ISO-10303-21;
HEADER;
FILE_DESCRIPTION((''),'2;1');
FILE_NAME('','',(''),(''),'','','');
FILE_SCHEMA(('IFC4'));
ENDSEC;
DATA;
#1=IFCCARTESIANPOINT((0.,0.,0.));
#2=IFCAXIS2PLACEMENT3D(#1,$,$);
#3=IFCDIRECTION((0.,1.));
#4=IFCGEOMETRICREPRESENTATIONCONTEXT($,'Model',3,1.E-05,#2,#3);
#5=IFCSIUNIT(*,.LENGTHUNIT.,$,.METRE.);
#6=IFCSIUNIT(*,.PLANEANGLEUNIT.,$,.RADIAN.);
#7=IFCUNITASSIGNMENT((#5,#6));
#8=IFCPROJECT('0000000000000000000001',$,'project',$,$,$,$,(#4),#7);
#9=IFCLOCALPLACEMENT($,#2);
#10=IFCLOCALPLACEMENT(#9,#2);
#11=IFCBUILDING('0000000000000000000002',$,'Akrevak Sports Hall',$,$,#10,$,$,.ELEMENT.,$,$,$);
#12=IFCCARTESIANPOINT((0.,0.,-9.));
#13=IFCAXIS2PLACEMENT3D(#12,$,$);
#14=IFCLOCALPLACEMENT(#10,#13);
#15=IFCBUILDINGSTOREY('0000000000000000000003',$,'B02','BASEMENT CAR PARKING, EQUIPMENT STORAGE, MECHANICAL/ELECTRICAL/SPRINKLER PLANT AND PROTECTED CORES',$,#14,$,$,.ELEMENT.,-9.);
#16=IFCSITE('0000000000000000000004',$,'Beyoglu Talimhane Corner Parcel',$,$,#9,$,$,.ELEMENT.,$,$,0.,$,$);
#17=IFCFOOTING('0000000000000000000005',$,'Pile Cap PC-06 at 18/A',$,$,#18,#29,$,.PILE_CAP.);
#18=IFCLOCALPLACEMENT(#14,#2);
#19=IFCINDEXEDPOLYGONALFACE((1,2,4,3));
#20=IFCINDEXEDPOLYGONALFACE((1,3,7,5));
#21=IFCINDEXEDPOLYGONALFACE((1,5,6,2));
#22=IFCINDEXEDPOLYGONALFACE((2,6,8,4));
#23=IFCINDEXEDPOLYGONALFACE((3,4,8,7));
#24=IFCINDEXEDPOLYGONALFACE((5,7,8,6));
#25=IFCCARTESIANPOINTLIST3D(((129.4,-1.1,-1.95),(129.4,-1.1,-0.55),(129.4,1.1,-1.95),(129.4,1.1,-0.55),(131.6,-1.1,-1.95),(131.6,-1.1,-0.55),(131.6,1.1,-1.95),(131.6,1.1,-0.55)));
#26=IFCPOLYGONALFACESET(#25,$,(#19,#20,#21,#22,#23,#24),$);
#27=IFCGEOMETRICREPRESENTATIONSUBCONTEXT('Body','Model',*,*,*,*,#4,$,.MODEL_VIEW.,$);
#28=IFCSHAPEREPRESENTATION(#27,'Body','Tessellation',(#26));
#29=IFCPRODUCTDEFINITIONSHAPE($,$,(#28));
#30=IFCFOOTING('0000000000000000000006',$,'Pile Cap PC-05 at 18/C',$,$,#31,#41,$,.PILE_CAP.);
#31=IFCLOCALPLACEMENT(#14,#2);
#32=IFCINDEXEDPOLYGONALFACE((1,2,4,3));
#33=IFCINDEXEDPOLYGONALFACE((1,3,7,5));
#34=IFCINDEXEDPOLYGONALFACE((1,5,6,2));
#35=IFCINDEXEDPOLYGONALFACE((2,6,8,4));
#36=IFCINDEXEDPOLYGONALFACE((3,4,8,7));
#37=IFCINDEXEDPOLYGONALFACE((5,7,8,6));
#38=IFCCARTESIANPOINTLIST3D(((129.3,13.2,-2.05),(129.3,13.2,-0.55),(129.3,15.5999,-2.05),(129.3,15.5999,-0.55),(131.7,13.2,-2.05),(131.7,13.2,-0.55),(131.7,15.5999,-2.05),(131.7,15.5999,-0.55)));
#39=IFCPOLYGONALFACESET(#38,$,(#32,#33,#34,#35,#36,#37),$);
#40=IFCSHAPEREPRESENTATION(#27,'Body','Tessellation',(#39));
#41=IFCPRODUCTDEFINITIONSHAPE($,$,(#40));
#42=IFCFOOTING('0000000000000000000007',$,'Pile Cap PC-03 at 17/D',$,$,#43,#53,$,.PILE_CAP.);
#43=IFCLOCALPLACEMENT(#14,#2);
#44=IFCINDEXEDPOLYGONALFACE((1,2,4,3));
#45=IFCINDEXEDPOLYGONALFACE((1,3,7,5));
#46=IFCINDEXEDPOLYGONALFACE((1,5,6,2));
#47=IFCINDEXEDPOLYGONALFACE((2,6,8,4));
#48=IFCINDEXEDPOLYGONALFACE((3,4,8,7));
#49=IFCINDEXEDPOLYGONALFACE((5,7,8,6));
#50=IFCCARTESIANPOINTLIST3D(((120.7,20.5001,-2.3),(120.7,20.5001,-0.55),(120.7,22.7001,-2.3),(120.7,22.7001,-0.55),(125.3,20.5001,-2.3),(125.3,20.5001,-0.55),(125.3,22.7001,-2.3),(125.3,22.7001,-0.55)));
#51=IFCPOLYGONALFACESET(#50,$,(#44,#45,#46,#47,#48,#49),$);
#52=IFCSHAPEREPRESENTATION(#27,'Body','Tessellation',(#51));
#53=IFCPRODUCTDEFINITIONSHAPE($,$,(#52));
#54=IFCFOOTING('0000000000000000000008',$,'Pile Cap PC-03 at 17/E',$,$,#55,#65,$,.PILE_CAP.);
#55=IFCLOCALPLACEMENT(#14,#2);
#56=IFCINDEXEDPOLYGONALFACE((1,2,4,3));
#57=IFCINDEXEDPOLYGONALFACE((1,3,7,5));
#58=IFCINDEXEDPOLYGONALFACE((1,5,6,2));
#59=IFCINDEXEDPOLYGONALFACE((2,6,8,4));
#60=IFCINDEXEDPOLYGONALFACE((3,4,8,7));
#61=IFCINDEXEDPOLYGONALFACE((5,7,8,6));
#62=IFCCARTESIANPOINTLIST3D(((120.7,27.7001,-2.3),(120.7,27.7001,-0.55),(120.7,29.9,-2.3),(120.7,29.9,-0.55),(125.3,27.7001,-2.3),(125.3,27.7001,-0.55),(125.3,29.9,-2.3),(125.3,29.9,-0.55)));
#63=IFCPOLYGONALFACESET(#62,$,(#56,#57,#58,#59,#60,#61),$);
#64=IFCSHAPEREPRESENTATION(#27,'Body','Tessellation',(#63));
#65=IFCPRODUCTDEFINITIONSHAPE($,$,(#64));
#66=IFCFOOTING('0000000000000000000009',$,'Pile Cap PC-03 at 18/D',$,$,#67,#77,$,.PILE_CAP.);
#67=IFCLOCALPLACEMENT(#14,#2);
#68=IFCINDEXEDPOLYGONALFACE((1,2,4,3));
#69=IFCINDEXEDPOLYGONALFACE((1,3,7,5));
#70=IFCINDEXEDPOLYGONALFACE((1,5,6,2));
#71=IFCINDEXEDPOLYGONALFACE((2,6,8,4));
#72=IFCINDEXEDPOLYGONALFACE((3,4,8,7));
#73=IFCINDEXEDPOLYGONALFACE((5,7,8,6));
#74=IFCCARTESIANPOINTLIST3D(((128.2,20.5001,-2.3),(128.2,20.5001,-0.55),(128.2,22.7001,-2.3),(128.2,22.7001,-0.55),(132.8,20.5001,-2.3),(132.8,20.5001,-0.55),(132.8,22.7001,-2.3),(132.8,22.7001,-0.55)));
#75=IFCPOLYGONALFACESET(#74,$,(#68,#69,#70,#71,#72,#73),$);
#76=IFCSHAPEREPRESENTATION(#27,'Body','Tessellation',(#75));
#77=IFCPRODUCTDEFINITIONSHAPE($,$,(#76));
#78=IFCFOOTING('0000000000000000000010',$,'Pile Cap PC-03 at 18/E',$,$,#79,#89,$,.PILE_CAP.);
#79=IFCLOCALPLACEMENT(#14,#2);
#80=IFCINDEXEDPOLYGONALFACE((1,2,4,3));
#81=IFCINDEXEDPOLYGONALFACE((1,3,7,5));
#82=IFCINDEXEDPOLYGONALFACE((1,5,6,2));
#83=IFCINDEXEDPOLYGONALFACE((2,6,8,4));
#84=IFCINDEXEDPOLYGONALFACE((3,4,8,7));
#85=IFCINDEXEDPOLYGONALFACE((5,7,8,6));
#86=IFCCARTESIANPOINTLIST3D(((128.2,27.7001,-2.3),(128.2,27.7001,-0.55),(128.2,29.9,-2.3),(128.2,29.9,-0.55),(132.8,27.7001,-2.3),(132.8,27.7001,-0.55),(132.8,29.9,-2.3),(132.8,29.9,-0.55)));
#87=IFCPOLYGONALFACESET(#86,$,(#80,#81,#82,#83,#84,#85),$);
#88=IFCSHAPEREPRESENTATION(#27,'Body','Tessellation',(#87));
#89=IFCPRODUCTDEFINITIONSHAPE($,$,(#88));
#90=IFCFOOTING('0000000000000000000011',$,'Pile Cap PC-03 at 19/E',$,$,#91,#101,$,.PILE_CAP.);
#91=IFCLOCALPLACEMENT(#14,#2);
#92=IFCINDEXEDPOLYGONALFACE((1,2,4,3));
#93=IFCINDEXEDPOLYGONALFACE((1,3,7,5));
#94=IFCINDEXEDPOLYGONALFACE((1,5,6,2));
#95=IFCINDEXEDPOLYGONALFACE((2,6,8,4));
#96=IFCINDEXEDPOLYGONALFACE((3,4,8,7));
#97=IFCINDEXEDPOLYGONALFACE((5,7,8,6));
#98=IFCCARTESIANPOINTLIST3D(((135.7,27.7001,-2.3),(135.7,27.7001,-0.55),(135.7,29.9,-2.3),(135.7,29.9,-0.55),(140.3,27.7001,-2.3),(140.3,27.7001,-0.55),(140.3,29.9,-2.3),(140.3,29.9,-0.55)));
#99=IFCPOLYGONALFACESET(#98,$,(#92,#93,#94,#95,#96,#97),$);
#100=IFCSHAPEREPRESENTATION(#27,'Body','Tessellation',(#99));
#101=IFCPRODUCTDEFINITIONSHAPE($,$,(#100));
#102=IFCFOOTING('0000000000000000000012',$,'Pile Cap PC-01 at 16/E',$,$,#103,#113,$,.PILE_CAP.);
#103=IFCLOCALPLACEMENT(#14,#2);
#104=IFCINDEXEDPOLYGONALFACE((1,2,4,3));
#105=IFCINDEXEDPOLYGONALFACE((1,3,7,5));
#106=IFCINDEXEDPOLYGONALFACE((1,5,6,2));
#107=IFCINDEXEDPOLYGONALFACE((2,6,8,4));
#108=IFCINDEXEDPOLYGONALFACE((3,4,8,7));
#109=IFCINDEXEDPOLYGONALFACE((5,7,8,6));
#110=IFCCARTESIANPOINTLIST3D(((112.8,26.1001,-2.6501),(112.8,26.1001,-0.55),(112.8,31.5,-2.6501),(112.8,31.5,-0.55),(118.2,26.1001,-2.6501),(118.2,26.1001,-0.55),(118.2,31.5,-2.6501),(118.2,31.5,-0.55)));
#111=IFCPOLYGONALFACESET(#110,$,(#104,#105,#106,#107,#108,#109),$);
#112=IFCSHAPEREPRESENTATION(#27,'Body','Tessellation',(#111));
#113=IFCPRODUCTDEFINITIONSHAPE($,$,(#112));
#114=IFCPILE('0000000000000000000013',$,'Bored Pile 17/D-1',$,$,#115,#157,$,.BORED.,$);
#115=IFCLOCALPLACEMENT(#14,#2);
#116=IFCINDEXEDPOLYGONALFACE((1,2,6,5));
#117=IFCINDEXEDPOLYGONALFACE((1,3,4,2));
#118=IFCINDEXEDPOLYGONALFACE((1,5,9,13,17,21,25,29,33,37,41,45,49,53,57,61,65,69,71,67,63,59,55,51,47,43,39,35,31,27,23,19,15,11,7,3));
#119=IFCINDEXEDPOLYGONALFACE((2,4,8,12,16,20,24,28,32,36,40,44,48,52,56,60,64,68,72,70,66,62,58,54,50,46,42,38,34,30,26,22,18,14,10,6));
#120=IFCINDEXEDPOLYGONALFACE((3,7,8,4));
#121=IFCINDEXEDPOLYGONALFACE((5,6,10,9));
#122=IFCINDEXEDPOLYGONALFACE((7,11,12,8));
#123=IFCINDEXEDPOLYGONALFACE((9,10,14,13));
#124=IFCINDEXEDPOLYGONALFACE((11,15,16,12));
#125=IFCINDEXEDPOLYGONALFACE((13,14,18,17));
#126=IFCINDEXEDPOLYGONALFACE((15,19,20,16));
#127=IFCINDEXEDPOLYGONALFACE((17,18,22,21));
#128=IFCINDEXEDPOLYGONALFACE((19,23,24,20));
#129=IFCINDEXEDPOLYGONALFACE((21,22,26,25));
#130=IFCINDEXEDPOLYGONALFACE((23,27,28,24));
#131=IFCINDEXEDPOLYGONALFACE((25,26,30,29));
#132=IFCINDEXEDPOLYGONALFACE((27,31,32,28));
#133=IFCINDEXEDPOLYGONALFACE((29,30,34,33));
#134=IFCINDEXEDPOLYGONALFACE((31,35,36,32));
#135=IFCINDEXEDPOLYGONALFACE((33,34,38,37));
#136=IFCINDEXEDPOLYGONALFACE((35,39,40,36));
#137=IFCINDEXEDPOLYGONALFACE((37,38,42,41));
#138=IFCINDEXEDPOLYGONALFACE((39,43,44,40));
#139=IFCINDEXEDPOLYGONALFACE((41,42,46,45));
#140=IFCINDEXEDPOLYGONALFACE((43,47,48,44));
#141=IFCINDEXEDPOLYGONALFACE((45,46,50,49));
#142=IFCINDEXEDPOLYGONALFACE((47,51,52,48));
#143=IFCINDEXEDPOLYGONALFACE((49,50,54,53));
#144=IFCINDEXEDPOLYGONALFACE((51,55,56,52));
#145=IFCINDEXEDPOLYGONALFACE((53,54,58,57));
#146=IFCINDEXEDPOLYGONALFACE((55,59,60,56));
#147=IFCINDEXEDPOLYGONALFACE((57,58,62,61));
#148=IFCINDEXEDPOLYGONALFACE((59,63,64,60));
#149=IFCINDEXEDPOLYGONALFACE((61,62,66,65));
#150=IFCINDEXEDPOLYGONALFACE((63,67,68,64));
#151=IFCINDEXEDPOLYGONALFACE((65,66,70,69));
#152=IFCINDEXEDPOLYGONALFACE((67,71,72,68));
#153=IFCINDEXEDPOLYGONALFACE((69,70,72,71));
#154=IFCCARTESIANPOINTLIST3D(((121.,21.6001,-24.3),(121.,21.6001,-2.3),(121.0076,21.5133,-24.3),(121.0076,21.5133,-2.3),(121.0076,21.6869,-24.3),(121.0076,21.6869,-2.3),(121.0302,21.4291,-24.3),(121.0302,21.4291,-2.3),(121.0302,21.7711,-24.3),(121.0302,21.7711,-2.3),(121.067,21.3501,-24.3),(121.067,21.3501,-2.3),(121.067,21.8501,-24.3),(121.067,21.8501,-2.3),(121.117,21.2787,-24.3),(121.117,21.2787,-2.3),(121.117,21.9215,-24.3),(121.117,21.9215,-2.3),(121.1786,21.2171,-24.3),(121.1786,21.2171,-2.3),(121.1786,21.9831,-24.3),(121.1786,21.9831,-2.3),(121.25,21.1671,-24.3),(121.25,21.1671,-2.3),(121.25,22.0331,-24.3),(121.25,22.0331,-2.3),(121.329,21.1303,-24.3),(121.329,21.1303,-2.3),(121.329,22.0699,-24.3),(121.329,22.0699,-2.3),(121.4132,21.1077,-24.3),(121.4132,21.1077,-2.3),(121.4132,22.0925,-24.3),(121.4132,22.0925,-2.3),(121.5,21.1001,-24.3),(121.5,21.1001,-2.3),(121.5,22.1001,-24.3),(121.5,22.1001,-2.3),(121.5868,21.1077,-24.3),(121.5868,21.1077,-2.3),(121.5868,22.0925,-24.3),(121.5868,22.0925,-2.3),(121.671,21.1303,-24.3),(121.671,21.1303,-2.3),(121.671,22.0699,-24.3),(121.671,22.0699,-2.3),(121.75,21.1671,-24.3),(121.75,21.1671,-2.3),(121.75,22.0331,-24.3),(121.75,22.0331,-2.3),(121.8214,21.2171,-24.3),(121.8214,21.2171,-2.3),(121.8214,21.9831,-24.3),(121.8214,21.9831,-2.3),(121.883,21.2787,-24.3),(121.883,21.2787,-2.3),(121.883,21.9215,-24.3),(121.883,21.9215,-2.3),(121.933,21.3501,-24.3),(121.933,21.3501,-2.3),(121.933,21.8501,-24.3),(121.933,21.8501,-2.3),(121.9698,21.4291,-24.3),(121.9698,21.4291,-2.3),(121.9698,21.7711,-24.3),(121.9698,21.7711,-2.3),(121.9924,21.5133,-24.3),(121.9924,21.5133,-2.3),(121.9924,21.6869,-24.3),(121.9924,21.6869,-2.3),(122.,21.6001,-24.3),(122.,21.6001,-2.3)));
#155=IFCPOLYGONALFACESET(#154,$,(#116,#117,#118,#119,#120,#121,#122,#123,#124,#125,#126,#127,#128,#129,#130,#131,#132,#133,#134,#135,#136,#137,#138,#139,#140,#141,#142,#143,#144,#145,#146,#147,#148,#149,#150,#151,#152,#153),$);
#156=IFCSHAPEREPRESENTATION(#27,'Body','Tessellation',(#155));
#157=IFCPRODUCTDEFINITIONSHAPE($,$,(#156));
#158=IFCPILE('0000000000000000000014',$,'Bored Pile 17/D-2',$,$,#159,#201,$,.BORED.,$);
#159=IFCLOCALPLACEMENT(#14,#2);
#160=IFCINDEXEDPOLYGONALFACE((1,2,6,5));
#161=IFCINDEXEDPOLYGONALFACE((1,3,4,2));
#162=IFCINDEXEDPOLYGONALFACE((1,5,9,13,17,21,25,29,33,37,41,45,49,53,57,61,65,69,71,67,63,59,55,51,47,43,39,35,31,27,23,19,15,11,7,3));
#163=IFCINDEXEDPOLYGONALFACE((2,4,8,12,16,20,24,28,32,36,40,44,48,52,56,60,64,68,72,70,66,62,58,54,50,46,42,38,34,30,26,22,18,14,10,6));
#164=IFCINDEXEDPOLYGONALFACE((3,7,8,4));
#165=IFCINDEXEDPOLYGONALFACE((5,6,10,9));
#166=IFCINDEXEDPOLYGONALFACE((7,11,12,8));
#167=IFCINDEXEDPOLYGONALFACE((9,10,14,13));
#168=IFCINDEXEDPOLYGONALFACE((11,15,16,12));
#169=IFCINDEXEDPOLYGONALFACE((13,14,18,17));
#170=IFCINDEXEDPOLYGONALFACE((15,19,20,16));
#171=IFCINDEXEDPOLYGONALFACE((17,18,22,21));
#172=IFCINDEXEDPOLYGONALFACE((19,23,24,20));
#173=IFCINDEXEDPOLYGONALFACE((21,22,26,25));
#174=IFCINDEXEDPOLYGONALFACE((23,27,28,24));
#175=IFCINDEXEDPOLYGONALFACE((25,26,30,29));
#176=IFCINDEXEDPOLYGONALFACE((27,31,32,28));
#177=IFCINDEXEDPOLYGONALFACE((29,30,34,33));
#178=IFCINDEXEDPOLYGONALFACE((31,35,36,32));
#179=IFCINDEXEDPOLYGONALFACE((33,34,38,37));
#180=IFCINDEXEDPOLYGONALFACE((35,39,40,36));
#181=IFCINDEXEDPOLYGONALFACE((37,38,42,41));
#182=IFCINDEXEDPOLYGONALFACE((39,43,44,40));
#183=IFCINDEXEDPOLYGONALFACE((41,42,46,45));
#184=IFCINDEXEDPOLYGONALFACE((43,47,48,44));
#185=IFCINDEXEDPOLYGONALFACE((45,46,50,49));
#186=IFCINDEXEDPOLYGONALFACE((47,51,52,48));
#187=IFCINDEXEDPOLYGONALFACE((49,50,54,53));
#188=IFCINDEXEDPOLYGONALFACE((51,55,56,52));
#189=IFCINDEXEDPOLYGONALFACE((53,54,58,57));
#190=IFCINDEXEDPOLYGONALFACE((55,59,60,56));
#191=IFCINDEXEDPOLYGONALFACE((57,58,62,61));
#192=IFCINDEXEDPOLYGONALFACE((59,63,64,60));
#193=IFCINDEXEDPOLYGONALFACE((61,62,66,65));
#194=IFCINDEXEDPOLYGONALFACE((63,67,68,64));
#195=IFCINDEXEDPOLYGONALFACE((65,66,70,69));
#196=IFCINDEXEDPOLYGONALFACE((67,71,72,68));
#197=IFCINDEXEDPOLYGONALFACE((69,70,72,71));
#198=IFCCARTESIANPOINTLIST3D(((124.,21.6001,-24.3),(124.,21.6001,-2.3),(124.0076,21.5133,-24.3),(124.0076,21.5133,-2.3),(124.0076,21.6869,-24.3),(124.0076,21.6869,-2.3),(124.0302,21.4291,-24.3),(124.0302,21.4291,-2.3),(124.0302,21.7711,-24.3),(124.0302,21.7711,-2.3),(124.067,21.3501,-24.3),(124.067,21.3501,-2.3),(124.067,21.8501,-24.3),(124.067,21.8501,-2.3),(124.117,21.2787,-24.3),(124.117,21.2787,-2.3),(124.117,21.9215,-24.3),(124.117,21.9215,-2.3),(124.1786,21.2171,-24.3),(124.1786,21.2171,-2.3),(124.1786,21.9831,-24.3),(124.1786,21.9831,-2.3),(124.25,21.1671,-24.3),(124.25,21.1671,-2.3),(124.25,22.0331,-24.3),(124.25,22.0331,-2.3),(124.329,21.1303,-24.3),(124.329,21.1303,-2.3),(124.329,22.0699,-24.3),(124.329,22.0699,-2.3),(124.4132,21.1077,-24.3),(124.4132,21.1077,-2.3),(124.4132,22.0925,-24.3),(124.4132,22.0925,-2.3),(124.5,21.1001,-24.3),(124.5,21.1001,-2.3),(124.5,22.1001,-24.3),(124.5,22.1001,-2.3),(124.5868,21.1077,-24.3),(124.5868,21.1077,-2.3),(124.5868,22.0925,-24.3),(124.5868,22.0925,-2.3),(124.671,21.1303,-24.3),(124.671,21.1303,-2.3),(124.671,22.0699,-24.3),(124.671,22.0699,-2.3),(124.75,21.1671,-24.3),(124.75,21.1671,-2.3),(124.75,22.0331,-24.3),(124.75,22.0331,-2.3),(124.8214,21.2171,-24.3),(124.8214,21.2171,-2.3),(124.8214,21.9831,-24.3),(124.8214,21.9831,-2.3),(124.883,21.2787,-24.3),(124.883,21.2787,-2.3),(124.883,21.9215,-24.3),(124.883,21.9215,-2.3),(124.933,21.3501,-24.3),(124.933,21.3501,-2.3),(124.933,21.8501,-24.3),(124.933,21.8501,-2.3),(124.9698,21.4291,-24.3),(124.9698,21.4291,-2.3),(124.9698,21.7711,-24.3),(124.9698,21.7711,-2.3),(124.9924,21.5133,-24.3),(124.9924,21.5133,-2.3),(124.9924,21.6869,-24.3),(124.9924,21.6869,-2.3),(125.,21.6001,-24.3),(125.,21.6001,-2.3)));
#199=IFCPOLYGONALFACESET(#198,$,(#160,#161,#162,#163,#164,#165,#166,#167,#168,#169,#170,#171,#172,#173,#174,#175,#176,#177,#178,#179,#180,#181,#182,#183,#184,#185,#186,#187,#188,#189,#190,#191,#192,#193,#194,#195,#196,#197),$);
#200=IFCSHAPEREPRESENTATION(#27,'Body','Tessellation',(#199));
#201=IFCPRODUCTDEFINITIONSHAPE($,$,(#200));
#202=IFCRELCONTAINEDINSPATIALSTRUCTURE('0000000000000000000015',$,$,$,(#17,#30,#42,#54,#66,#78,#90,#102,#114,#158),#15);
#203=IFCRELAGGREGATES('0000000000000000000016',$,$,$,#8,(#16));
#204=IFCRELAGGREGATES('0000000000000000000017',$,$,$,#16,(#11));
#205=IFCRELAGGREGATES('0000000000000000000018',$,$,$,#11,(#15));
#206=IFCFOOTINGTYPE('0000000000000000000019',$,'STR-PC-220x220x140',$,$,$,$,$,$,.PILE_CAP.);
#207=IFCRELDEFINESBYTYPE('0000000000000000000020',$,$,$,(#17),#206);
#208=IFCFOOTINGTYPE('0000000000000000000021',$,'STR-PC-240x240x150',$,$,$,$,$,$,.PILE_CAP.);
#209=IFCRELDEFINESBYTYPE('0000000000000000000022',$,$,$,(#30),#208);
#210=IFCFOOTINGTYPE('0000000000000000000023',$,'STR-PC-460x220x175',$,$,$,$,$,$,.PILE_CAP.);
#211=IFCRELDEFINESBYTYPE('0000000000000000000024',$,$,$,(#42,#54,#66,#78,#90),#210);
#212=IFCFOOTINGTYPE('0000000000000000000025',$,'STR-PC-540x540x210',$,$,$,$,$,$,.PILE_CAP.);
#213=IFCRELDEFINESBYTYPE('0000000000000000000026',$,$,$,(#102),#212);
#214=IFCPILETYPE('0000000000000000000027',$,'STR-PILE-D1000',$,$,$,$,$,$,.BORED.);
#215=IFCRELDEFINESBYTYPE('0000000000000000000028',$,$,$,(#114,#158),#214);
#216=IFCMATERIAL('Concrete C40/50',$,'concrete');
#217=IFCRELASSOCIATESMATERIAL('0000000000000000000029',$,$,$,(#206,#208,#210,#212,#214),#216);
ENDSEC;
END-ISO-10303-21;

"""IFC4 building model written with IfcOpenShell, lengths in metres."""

from ifc_helpers import new_model, si_unit, direction, frame, origin, origin_2d, place, context, subcontext, project, spatial, rectangle, circle, extrude, material, material_profile, profile_set, type_object, element, save


model = new_model("IFC4")

# Units and contexts
model_context = context("Model", 3, precision=1e-05, world=origin(), true_north=direction((0.0, 1.0)))
body_context = subcontext(model_context, "Body", "Model", "MODEL_VIEW")
ifc_project = project(units=[si_unit("LENGTHUNIT", "METRE"), si_unit("PLANEANGLEUNIT", "RADIAN")], contexts=[model_context])

# Site, building, storey
site_placement = place(None, origin())
site = spatial("IfcSite", under=ifc_project, at=site_placement, Name="Beyoglu Talimhane Corner Parcel", CompositionType="ELEMENT", RefElevation=0.0)
building_placement = place(site_placement, origin())
building = spatial("IfcBuilding", under=site, at=building_placement, Name="Akrevak Sports Hall", CompositionType="ELEMENT")
storey_placement = place(building_placement, frame((0.0, 0.0, -9.0)))
storey = spatial("IfcBuildingStorey", under=building, at=storey_placement, Name="B02", Description="BASEMENT CAR PARKING, EQUIPMENT STORAGE, MECHANICAL/ELECTRICAL/SPRINKLER PLANT AND PROTECTED CORES", CompositionType="ELEMENT", Elevation=-9.0)

# Footings
ifc_material_1 = material(Name="Concrete C40/50", Category="concrete")
footing_type_1 = type_object("IfcFootingType", Name="STR-PC-220x220x140", PredefinedType="PILE_CAP", material=ifc_material_1)
footing_1_placement = place(storey_placement, frame((130.5, 0.0, -1.95), z_axis=(0.0, 0.0, 1.0), x_axis=(1.0, 0.0, 0.0)))
element("IfcFooting", 1, at=footing_1_placement, inside=storey, type_object=footing_type_1, Name="Pile Cap PC-06 at 18/A", PredefinedType="PILE_CAP", context=body_context, shape_type="SweptSolid", body=[
    extrude(rectangle(XDim=2.2, YDim=2.2, at=origin_2d()), origin(), (0.0, 0.0, 1.0), 1.3999),
])
footing_type_2 = type_object("IfcFootingType", Name="STR-PC-240x240x150", PredefinedType="PILE_CAP", material=ifc_material_1)
footing_2_placement = place(storey_placement, frame((130.5, 14.3999, -2.05), z_axis=(0.0, 0.0, 1.0), x_axis=(1.0, 0.0, 0.0)))
element("IfcFooting", 2, at=footing_2_placement, inside=storey, type_object=footing_type_2, Name="Pile Cap PC-05 at 18/C", PredefinedType="PILE_CAP", context=body_context, shape_type="SweptSolid", body=[
    extrude(rectangle(XDim=2.3999, YDim=2.3999, at=origin_2d()), origin(), (0.0, 0.0, 1.0), 1.5),
])
footing_type_3 = type_object("IfcFootingType", Name="STR-PC-460x220x175", PredefinedType="PILE_CAP", material=ifc_material_1)
for number, where, z_axis, x_axis, name in (
    (3, (123.0, 21.6001, -2.3), (0.0, 0.0, 1.0), (1.0, 0.0, 0.0), "Pile Cap PC-03 at 17/D"),
    (4, (123.0, 28.8, -2.3), (0.0, 0.0, 1.0), (1.0, 0.0, 0.0), "Pile Cap PC-03 at 17/E"),
    (5, (130.5, 21.6001, -2.3), (0.0, 0.0, 1.0), (1.0, 0.0, 0.0), "Pile Cap PC-03 at 18/D"),
    (6, (130.5, 28.8, -2.3), (0.0, 0.0, 1.0), (1.0, 0.0, 0.0), "Pile Cap PC-03 at 18/E"),
    (7, (138.0, 28.8, -2.3), (0.0, 0.0, 1.0), (1.0, 0.0, 0.0), "Pile Cap PC-03 at 19/E"),
):
    element("IfcFooting", number, at=place(storey_placement, frame(where, z_axis=z_axis, x_axis=x_axis)), inside=storey, type_object=footing_type_3, Name=name, PredefinedType="PILE_CAP", context=body_context, shape_type="SweptSolid", body=[
        extrude(rectangle(XDim=4.6001, YDim=2.2, at=origin_2d()), origin(), (0.0, 0.0, 1.0), 1.75),
    ])
footing_type_4 = type_object("IfcFootingType", Name="STR-PC-540x540x210", PredefinedType="PILE_CAP", material=ifc_material_1)
footing_3_placement = place(storey_placement, frame((115.5, 28.8, -2.6501), z_axis=(0.0, 0.0, 1.0), x_axis=(1.0, 0.0, 0.0)))
element("IfcFooting", 8, at=footing_3_placement, inside=storey, type_object=footing_type_4, Name="Pile Cap PC-01 at 16/E", PredefinedType="PILE_CAP", context=body_context, shape_type="SweptSolid", body=[
    extrude(rectangle(XDim=5.3999, YDim=5.3999, at=origin_2d()), origin(), (0.0, 0.0, 1.0), 2.1001),
])

# Piles
ifc_material_profile_1 = material_profile(ifc_material_1, circle(Radius=0.5, at=origin_2d()), Name="BORED PILE D1000", Category="concrete")
ifc_profile_set_1 = profile_set([ifc_material_profile_1], Name="Concrete C40/50")
pile_type_1 = type_object("IfcPileType", Name="STR-PILE-D1000", PredefinedType="BORED", material=ifc_profile_set_1)
for number, where, z_axis, x_axis, name in (
    (9, (121.5, 21.6001, -2.3), (0.0, 0.0, -1.0), (1.0, 0.0, 0.0), "Bored Pile 17/D-1"),
    (10, (124.5, 21.6001, -2.3), (0.0, 0.0, -1.0), (1.0, 0.0, 0.0), "Bored Pile 17/D-2"),
):
    element("IfcPile", number, at=place(storey_placement, frame(where, z_axis=z_axis, x_axis=x_axis)), inside=storey, type_object=pile_type_1, Name=name, PredefinedType="BORED", context=body_context, shape_type="SweptSolid", body=[
        extrude(circle(Radius=0.5, at=origin_2d()), origin(), (0.0, 0.0, 1.0), 22.0),
    ])

save(model, "model.ifc")
